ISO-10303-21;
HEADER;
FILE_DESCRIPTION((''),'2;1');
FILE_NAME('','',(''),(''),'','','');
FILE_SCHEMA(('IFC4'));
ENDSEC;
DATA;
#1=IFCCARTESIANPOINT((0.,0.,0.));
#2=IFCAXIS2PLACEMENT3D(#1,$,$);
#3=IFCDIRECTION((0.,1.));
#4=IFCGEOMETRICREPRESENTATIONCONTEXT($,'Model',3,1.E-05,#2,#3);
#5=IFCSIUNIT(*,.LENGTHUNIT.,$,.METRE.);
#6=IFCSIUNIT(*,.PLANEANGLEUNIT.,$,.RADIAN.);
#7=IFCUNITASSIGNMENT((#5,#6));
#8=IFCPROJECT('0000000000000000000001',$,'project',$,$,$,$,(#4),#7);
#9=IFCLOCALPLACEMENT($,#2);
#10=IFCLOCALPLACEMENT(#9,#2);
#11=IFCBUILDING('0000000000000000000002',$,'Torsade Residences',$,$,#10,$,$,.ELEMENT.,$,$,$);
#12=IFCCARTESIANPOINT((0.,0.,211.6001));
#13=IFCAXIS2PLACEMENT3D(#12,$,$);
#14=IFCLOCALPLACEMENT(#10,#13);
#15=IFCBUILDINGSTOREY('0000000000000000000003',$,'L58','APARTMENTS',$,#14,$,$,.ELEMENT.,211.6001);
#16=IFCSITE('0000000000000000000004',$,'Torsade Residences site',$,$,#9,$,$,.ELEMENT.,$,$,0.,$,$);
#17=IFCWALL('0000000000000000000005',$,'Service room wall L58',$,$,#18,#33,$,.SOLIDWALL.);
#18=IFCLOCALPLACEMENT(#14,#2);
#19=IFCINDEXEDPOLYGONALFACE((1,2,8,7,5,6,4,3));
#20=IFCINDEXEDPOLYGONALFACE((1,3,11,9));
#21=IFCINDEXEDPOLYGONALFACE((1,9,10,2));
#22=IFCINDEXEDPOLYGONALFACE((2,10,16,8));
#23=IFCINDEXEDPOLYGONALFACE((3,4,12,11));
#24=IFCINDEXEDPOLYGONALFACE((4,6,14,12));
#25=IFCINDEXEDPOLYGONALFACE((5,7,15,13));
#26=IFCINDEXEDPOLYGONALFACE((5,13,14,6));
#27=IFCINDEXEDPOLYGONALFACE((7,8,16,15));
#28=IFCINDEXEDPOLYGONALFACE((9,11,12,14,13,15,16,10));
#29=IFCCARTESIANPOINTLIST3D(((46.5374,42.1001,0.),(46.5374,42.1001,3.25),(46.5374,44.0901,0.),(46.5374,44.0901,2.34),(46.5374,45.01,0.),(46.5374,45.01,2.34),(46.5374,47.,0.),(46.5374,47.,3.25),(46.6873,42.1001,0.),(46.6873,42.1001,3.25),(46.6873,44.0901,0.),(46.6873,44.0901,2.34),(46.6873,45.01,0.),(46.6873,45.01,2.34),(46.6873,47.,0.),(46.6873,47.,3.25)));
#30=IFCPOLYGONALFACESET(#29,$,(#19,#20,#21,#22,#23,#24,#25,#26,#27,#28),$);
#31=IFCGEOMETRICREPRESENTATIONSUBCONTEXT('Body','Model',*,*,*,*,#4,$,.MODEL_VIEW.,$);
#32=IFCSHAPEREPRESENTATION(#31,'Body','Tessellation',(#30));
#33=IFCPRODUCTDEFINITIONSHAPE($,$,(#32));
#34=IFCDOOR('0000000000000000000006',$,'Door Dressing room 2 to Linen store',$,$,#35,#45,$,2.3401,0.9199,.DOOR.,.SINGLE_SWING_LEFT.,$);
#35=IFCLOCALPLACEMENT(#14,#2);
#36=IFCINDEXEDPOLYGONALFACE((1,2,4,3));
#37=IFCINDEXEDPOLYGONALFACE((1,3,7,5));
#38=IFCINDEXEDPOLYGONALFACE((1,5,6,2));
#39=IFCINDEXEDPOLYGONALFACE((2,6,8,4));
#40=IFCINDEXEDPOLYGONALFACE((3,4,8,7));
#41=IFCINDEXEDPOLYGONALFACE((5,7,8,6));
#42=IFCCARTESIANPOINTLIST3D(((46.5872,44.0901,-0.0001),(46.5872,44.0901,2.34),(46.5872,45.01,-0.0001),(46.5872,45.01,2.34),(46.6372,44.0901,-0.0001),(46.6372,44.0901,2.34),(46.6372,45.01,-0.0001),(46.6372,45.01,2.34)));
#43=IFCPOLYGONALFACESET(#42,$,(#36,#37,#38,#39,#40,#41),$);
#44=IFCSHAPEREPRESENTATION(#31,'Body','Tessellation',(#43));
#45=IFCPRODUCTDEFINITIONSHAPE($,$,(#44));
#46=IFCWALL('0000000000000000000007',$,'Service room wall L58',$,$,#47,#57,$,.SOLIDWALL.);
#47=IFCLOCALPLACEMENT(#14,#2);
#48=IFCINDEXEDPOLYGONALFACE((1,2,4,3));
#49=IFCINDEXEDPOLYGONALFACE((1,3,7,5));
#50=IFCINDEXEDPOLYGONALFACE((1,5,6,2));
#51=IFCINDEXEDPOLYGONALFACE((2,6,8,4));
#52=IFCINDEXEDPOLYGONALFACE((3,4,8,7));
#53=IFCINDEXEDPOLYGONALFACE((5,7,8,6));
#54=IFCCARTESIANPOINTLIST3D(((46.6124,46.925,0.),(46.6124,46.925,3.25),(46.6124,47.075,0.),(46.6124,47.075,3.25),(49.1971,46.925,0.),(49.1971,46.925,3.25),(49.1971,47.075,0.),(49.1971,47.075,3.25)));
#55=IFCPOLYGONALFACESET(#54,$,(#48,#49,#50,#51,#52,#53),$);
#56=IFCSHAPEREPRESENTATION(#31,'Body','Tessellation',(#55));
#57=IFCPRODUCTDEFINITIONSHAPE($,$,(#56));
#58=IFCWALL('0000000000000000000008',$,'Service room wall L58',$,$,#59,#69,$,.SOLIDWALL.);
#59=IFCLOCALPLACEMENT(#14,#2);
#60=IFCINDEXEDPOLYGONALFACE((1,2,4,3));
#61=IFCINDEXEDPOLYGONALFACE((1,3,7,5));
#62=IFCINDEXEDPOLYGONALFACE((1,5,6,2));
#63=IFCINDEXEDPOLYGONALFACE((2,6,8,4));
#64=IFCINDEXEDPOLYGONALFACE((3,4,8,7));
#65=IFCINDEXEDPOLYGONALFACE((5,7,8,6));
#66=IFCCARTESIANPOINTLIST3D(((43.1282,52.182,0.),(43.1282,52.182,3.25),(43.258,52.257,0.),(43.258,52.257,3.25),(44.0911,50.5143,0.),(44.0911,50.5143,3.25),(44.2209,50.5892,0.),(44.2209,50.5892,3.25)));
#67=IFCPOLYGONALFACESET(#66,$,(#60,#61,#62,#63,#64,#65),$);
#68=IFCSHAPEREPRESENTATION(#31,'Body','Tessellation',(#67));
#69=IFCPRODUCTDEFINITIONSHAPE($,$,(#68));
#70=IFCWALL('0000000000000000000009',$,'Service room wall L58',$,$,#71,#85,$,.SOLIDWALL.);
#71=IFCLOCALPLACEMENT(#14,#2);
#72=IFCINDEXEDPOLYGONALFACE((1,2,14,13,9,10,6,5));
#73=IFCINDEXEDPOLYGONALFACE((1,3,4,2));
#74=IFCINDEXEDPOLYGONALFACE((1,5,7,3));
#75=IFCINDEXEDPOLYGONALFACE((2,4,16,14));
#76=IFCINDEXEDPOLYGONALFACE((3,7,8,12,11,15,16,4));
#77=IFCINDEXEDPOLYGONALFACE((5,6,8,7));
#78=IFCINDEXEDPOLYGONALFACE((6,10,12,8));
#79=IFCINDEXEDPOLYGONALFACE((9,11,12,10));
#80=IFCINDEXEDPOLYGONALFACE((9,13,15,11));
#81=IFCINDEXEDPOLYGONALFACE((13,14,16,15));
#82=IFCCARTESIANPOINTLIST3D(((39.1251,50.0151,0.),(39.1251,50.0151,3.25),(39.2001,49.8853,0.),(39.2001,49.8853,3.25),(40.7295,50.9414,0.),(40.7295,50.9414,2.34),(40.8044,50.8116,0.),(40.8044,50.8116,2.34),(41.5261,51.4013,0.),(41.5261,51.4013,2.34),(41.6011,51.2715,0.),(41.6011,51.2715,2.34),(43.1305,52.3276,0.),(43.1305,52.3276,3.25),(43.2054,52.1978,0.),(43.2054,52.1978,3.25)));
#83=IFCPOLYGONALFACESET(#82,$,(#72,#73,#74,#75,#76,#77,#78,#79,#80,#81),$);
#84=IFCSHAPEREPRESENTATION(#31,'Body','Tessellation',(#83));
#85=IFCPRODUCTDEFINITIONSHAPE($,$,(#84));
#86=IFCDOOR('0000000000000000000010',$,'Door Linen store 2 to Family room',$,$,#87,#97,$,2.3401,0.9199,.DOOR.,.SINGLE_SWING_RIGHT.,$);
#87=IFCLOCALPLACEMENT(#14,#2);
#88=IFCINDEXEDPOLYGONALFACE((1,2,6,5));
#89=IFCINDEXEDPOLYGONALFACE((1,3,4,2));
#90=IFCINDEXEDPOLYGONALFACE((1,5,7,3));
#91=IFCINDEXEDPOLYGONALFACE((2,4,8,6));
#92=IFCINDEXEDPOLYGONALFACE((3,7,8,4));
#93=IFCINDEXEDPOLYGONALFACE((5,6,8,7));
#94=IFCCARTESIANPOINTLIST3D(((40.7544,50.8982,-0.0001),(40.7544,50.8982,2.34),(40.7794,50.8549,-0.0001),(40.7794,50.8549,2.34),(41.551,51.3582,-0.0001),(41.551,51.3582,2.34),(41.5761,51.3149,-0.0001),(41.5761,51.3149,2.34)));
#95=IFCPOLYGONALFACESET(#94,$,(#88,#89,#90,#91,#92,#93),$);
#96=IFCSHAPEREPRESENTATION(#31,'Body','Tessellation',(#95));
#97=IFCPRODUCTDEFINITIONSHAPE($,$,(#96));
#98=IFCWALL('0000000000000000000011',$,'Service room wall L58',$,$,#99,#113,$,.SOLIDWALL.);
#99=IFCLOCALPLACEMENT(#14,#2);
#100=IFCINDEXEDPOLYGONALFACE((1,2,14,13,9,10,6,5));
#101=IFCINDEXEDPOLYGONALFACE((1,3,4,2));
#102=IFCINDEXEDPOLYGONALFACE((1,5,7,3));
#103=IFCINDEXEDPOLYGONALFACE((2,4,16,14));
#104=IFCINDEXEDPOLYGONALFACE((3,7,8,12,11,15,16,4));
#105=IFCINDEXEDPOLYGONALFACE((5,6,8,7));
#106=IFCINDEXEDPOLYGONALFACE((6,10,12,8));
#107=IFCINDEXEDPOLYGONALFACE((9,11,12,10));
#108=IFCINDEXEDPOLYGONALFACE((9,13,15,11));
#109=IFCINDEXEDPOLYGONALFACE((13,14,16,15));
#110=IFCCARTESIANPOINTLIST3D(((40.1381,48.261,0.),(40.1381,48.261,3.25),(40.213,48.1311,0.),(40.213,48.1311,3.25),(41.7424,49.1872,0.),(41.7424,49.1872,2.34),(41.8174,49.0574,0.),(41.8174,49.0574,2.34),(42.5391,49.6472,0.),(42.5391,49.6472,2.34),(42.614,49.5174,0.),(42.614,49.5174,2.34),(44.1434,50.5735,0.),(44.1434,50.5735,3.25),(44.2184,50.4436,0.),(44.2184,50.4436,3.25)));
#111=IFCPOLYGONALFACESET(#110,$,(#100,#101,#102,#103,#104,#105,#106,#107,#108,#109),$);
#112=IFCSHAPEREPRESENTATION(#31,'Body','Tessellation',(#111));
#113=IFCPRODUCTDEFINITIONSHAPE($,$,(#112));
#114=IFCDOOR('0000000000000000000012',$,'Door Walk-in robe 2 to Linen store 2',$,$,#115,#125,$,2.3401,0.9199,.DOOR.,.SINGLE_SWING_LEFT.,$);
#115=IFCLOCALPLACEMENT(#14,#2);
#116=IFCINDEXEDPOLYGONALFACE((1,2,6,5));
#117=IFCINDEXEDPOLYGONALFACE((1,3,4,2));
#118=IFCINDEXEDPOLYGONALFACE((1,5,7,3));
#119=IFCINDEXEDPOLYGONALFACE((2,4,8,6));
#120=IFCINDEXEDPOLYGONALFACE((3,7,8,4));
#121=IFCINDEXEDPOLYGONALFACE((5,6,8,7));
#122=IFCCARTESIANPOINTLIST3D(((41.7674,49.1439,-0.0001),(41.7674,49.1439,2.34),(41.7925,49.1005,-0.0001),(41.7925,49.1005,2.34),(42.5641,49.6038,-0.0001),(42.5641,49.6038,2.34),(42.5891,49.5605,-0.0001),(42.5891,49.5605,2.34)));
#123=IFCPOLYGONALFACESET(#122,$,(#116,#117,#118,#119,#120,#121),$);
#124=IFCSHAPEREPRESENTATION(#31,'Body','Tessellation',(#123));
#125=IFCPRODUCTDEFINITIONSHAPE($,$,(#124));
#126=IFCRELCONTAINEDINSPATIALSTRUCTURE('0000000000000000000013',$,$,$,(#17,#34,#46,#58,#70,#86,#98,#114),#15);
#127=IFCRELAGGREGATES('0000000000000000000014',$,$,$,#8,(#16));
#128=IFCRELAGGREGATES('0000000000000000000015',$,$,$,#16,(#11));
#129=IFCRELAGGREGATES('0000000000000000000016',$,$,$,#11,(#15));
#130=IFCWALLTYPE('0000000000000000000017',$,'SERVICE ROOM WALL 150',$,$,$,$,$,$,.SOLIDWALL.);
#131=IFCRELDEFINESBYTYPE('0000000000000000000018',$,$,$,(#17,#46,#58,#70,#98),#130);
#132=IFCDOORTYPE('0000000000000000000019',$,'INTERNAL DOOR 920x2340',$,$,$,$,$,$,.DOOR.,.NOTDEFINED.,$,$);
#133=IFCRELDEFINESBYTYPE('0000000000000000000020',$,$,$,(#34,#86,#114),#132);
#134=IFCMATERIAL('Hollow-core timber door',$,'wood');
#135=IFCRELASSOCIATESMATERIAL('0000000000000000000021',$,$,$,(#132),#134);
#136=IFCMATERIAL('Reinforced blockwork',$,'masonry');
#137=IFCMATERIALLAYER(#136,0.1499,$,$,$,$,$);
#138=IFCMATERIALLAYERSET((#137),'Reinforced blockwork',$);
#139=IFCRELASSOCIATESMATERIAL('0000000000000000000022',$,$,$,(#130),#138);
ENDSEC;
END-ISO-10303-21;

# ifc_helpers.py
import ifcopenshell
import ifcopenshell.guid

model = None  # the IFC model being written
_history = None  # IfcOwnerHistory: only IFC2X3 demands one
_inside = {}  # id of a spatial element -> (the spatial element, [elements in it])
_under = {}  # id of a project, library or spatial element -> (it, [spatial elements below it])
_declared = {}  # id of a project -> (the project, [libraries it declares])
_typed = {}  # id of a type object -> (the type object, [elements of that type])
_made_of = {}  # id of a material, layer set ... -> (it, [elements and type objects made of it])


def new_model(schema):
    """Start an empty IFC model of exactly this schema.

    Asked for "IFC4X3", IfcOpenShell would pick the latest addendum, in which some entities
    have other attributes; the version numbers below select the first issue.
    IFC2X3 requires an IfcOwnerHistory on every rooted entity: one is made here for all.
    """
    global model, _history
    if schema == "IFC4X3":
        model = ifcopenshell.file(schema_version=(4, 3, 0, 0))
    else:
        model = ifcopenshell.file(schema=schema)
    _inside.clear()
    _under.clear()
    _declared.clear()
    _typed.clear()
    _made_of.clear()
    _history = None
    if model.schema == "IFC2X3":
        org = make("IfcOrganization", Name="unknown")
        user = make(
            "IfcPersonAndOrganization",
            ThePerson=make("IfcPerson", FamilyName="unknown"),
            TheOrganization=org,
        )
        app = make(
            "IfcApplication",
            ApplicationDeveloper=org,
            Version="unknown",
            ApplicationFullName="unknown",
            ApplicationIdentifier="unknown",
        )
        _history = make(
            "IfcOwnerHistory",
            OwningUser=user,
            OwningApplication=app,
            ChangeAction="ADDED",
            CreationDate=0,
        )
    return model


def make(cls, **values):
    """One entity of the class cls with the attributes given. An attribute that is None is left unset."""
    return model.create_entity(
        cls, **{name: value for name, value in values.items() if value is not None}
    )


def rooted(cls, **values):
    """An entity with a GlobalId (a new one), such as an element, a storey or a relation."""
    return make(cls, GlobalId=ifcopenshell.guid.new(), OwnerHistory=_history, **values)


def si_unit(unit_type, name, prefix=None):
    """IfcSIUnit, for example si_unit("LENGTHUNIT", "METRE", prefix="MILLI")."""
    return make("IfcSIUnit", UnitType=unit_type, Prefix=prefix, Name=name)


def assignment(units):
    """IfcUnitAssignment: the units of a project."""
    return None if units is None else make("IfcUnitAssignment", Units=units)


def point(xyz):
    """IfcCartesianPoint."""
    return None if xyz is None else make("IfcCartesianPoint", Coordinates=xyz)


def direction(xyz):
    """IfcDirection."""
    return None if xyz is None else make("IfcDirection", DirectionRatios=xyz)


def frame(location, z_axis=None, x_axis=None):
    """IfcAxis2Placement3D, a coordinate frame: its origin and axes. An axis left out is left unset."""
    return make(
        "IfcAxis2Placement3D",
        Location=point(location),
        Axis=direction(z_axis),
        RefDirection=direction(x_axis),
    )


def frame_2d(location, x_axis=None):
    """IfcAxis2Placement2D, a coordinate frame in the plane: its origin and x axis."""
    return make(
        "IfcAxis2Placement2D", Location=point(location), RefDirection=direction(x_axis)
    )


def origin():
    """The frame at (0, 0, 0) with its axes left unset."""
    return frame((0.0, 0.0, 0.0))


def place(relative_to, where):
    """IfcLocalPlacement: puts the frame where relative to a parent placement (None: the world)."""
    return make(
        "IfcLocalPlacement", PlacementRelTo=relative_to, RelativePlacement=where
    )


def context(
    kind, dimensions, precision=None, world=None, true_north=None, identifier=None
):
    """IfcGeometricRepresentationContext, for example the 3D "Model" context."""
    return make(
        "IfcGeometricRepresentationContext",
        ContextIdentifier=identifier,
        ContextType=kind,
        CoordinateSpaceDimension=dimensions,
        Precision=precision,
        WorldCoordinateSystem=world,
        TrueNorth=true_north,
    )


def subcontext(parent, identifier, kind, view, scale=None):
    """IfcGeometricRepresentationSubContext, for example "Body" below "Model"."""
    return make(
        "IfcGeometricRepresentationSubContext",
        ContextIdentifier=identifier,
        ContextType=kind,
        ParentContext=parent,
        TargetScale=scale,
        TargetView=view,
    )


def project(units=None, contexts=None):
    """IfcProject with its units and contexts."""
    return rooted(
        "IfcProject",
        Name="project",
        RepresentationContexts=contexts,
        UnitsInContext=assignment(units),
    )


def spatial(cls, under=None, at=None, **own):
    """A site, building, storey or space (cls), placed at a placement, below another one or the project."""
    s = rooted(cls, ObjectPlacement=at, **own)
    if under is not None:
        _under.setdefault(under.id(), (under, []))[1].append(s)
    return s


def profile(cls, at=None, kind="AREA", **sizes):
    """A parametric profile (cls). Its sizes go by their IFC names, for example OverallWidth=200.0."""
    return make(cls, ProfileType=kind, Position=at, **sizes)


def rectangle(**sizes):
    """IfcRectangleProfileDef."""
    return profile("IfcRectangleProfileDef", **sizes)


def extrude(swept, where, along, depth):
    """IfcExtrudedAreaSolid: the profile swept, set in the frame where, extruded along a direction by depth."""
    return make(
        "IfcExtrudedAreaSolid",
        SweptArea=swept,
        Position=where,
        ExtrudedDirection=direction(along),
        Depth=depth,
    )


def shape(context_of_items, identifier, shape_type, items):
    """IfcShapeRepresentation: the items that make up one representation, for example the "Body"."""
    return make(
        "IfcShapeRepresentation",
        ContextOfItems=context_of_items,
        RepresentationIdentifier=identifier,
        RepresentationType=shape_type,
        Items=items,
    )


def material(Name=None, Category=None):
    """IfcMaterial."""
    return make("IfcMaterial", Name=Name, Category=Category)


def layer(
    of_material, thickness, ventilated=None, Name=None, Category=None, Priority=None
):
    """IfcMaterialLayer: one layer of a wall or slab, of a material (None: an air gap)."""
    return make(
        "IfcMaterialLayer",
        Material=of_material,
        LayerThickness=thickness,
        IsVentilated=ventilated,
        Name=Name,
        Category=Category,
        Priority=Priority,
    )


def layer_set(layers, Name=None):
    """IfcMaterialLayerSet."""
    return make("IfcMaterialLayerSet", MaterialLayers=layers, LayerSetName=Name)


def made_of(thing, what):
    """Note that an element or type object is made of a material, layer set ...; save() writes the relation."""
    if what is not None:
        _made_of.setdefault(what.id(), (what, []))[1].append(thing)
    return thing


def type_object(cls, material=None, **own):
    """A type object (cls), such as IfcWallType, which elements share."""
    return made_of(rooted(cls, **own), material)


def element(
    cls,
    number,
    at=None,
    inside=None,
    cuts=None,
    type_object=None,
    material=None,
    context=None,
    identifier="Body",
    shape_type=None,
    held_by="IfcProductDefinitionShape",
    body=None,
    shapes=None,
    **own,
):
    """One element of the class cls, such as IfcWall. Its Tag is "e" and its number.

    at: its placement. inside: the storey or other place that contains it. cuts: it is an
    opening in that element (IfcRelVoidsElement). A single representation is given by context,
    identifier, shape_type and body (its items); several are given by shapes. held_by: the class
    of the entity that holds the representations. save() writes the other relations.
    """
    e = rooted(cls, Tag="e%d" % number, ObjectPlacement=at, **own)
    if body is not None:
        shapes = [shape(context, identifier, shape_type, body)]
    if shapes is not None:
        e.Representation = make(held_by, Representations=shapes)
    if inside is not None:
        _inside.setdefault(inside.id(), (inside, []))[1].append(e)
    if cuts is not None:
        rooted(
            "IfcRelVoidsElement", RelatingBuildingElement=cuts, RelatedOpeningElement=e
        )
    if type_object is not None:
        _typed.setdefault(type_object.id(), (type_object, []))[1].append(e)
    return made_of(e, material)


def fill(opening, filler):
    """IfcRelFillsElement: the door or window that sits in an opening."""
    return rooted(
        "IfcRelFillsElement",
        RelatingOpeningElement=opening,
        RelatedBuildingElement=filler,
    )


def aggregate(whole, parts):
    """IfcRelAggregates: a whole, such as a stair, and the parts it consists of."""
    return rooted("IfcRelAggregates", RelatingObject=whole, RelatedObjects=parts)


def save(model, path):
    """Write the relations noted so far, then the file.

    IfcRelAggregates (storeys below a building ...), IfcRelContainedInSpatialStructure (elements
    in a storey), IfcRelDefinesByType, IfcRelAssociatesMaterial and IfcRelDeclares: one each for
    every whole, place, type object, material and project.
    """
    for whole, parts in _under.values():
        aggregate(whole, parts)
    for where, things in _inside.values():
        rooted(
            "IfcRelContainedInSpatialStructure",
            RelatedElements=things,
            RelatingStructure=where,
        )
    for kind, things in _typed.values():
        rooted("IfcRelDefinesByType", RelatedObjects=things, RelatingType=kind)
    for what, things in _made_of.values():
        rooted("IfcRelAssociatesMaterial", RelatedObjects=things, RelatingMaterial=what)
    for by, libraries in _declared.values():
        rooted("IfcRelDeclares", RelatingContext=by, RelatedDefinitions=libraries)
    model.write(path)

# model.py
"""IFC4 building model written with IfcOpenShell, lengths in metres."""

from ifc_helpers import new_model, si_unit, direction, frame, frame_2d, origin, place, context, subcontext, project, spatial, rectangle, extrude, material, layer, layer_set, type_object, element, fill, save


model = new_model("IFC4")

# Units and contexts
model_context = context("Model", 3, precision=1e-05, world=origin(), true_north=direction((0.0, 1.0)))
body_context = subcontext(model_context, "Body", "Model", "MODEL_VIEW")
ifc_project = project(units=[si_unit("LENGTHUNIT", "METRE"), si_unit("PLANEANGLEUNIT", "RADIAN")], contexts=[model_context])

# Site, building, storey
site_placement = place(None, origin())
site = spatial("IfcSite", under=ifc_project, at=site_placement, Name="Torsade Residences site", CompositionType="ELEMENT", RefElevation=0.0)
building_placement = place(site_placement, origin())
building = spatial("IfcBuilding", under=site, at=building_placement, Name="Torsade Residences", CompositionType="ELEMENT")
storey_placement = place(building_placement, frame((0.0, 0.0, 211.6001)))
storey = spatial("IfcBuildingStorey", under=building, at=storey_placement, Name="L58", Description="APARTMENTS", CompositionType="ELEMENT", Elevation=211.6001)

# Shared definitions
ifc_material_1 = material(Name="Hollow-core timber door", Category="wood")
door_type_1 = type_object("IfcDoorType", Name="INTERNAL DOOR 920x2340", OperationType="NOTDEFINED", PredefinedType="DOOR", material=ifc_material_1)

# Wall, opening, door
ifc_material_2 = material(Name="Reinforced blockwork", Category="masonry")
ifc_layer_1 = layer(ifc_material_2, 0.1499)
ifc_layer_set_1 = layer_set([ifc_layer_1], Name="Reinforced blockwork")
wall_type_1 = type_object("IfcWallType", Name="SERVICE ROOM WALL 150", PredefinedType="SOLIDWALL", material=ifc_layer_set_1)
wall_1_placement = place(storey_placement, frame((46.6123, 47.0, 0.0), z_axis=(0.0, 0.0, 1.0), x_axis=(0.0, -1.0, 0.0)))
wall_1 = element("IfcWall", 1, at=wall_1_placement, inside=storey, type_object=wall_type_1, Name="Service room wall L58", PredefinedType="SOLIDWALL", context=body_context, shape_type="SweptSolid", body=[
    extrude(rectangle(XDim=4.8999, YDim=0.1499, at=frame_2d((2.45, 0.0))), origin(), (0.0, 0.0, 1.0), 3.25),
])
opening_1_placement = place(wall_1_placement, frame((1.99, 0.0, 0.0)))
opening_1 = element("IfcOpeningElement", 2, at=opening_1_placement, cuts=wall_1, PredefinedType="OPENING", context=body_context, shape_type="SweptSolid", body=[
    extrude(rectangle(XDim=0.9199, YDim=2.3401, at=frame_2d((0.46, 1.1699))), frame((0.0, 0.085, 0.0), z_axis=(0.0, -1.0, 0.0), x_axis=(1.0, 0.0, 0.0)), (0.0, 0.0, 1.0), 0.1699),
])
door_1_placement = place(opening_1_placement, origin())
door_1 = element("IfcDoor", 3, at=door_1_placement, inside=storey, type_object=door_type_1, Name="Door Dressing room 2 to Linen store", OperationType="SINGLE_SWING_LEFT", OverallHeight=2.3401, OverallWidth=0.9199, PredefinedType="DOOR", context=body_context, shape_type="SweptSolid", body=[
    extrude(rectangle(XDim=0.9199, YDim=2.3401, at=frame_2d((0.46, 1.1699))), frame((0.0, 0.0249, 0.0), z_axis=(0.0, -1.0, 0.0), x_axis=(1.0, 0.0, 0.0)), (0.0, 0.0, 1.0), 0.05),
])
fill(opening_1, door_1)

# Walls
wall_2_placement = place(storey_placement, frame((46.6123, 47.0, 0.0), z_axis=(0.0, 0.0, 1.0), x_axis=(1.0, 0.0, 0.0)))
element("IfcWall", 4, at=wall_2_placement, inside=storey, type_object=wall_type_1, Name="Service room wall L58", PredefinedType="SOLIDWALL", context=body_context, shape_type="SweptSolid", body=[
    extrude(rectangle(XDim=2.5847, YDim=0.1499, at=frame_2d((1.2925, 0.0))), origin(), (0.0, 0.0, 1.0), 3.25),
])
wall_3_placement = place(storey_placement, frame((44.156, 50.5518, 0.0), z_axis=(0.0, 0.0, 1.0), x_axis=(-0.500011, 0.866019, 0.0)))
element("IfcWall", 5, at=wall_3_placement, inside=storey, type_object=wall_type_1, Name="Service room wall L58", PredefinedType="SOLIDWALL", context=body_context, shape_type="SweptSolid", body=[
    extrude(rectangle(XDim=1.9258, YDim=0.1499, at=frame_2d((0.9629, 0.0))), origin(), (0.0, 0.0, 1.0), 3.25),
])

# Walls, openings, doors
wall_4_placement = place(storey_placement, frame((43.168, 52.2627, 0.0), z_axis=(0.0, 0.0, 1.0), x_axis=(-0.866026, -0.5, 0.0)))
wall_4 = element("IfcWall", 6, at=wall_4_placement, inside=storey, type_object=wall_type_1, Name="Service room wall L58", PredefinedType="SOLIDWALL", context=body_context, shape_type="SweptSolid", body=[
    extrude(rectangle(XDim=4.625, YDim=0.1499, at=frame_2d((2.3125, 0.0))), origin(), (0.0, 0.0, 1.0), 3.25),
])
opening_2_placement = place(wall_4_placement, frame((1.8525, 0.0, 0.0)))
opening_2 = element("IfcOpeningElement", 7, at=opening_2_placement, cuts=wall_4, PredefinedType="OPENING", context=body_context, shape_type="SweptSolid", body=[
    extrude(rectangle(XDim=0.9199, YDim=2.3401, at=frame_2d((0.46, 1.1699))), frame((0.0, 0.085, 0.0), z_axis=(0.0, -1.0, 0.0), x_axis=(1.0, 0.0, 0.0)), (0.0, 0.0, 1.0), 0.1699),
])
door_2_placement = place(opening_2_placement, origin())
door_2 = element("IfcDoor", 8, at=door_2_placement, inside=storey, type_object=door_type_1, Name="Door Linen store 2 to Family room", OperationType="SINGLE_SWING_RIGHT", OverallHeight=2.3401, OverallWidth=0.9199, PredefinedType="DOOR", context=body_context, shape_type="SweptSolid", body=[
    extrude(rectangle(XDim=0.9199, YDim=2.3401, at=frame_2d((0.46, 1.1699))), frame((0.0, 0.0249, 0.0), z_axis=(0.0, -1.0, 0.0), x_axis=(1.0, 0.0, 0.0)), (0.0, 0.0, 1.0), 0.05),
])
fill(opening_2, door_2)
wall_5_placement = place(storey_placement, frame((40.1755, 48.196, 0.0), z_axis=(0.0, 0.0, 1.0), x_axis=(0.866026, 0.5, 0.0)))
wall_5 = element("IfcWall", 9, at=wall_5_placement, inside=storey, type_object=wall_type_1, Name="Service room wall L58", PredefinedType="SOLIDWALL", context=body_context, shape_type="SweptSolid", body=[
    extrude(rectangle(XDim=4.625, YDim=0.1499, at=frame_2d((2.3125, 0.0))), origin(), (0.0, 0.0, 1.0), 3.25),
])
opening_3_placement = place(wall_5_placement, frame((1.8525, 0.0, 0.0)))
opening_3 = element("IfcOpeningElement", 10, at=opening_3_placement, cuts=wall_5, PredefinedType="OPENING", context=body_context, shape_type="SweptSolid", body=[
    extrude(rectangle(XDim=0.9199, YDim=2.3401, at=frame_2d((0.46, 1.1699))), frame((0.0, 0.085, 0.0), z_axis=(0.0, -1.0, 0.0), x_axis=(1.0, 0.0, 0.0)), (0.0, 0.0, 1.0), 0.1699),
])
door_3_placement = place(opening_3_placement, origin())
door_3 = element("IfcDoor", 11, at=door_3_placement, inside=storey, type_object=door_type_1, Name="Door Walk-in robe 2 to Linen store 2", OperationType="SINGLE_SWING_LEFT", OverallHeight=2.3401, OverallWidth=0.9199, PredefinedType="DOOR", context=body_context, shape_type="SweptSolid", body=[
    extrude(rectangle(XDim=0.9199, YDim=2.3401, at=frame_2d((0.46, 1.1699))), frame((0.0, 0.0249, 0.0), z_axis=(0.0, -1.0, 0.0), x_axis=(1.0, 0.0, 0.0)), (0.0, 0.0, 1.0), 0.05),
])
fill(opening_3, door_3)

save(model, "model.ifc")
